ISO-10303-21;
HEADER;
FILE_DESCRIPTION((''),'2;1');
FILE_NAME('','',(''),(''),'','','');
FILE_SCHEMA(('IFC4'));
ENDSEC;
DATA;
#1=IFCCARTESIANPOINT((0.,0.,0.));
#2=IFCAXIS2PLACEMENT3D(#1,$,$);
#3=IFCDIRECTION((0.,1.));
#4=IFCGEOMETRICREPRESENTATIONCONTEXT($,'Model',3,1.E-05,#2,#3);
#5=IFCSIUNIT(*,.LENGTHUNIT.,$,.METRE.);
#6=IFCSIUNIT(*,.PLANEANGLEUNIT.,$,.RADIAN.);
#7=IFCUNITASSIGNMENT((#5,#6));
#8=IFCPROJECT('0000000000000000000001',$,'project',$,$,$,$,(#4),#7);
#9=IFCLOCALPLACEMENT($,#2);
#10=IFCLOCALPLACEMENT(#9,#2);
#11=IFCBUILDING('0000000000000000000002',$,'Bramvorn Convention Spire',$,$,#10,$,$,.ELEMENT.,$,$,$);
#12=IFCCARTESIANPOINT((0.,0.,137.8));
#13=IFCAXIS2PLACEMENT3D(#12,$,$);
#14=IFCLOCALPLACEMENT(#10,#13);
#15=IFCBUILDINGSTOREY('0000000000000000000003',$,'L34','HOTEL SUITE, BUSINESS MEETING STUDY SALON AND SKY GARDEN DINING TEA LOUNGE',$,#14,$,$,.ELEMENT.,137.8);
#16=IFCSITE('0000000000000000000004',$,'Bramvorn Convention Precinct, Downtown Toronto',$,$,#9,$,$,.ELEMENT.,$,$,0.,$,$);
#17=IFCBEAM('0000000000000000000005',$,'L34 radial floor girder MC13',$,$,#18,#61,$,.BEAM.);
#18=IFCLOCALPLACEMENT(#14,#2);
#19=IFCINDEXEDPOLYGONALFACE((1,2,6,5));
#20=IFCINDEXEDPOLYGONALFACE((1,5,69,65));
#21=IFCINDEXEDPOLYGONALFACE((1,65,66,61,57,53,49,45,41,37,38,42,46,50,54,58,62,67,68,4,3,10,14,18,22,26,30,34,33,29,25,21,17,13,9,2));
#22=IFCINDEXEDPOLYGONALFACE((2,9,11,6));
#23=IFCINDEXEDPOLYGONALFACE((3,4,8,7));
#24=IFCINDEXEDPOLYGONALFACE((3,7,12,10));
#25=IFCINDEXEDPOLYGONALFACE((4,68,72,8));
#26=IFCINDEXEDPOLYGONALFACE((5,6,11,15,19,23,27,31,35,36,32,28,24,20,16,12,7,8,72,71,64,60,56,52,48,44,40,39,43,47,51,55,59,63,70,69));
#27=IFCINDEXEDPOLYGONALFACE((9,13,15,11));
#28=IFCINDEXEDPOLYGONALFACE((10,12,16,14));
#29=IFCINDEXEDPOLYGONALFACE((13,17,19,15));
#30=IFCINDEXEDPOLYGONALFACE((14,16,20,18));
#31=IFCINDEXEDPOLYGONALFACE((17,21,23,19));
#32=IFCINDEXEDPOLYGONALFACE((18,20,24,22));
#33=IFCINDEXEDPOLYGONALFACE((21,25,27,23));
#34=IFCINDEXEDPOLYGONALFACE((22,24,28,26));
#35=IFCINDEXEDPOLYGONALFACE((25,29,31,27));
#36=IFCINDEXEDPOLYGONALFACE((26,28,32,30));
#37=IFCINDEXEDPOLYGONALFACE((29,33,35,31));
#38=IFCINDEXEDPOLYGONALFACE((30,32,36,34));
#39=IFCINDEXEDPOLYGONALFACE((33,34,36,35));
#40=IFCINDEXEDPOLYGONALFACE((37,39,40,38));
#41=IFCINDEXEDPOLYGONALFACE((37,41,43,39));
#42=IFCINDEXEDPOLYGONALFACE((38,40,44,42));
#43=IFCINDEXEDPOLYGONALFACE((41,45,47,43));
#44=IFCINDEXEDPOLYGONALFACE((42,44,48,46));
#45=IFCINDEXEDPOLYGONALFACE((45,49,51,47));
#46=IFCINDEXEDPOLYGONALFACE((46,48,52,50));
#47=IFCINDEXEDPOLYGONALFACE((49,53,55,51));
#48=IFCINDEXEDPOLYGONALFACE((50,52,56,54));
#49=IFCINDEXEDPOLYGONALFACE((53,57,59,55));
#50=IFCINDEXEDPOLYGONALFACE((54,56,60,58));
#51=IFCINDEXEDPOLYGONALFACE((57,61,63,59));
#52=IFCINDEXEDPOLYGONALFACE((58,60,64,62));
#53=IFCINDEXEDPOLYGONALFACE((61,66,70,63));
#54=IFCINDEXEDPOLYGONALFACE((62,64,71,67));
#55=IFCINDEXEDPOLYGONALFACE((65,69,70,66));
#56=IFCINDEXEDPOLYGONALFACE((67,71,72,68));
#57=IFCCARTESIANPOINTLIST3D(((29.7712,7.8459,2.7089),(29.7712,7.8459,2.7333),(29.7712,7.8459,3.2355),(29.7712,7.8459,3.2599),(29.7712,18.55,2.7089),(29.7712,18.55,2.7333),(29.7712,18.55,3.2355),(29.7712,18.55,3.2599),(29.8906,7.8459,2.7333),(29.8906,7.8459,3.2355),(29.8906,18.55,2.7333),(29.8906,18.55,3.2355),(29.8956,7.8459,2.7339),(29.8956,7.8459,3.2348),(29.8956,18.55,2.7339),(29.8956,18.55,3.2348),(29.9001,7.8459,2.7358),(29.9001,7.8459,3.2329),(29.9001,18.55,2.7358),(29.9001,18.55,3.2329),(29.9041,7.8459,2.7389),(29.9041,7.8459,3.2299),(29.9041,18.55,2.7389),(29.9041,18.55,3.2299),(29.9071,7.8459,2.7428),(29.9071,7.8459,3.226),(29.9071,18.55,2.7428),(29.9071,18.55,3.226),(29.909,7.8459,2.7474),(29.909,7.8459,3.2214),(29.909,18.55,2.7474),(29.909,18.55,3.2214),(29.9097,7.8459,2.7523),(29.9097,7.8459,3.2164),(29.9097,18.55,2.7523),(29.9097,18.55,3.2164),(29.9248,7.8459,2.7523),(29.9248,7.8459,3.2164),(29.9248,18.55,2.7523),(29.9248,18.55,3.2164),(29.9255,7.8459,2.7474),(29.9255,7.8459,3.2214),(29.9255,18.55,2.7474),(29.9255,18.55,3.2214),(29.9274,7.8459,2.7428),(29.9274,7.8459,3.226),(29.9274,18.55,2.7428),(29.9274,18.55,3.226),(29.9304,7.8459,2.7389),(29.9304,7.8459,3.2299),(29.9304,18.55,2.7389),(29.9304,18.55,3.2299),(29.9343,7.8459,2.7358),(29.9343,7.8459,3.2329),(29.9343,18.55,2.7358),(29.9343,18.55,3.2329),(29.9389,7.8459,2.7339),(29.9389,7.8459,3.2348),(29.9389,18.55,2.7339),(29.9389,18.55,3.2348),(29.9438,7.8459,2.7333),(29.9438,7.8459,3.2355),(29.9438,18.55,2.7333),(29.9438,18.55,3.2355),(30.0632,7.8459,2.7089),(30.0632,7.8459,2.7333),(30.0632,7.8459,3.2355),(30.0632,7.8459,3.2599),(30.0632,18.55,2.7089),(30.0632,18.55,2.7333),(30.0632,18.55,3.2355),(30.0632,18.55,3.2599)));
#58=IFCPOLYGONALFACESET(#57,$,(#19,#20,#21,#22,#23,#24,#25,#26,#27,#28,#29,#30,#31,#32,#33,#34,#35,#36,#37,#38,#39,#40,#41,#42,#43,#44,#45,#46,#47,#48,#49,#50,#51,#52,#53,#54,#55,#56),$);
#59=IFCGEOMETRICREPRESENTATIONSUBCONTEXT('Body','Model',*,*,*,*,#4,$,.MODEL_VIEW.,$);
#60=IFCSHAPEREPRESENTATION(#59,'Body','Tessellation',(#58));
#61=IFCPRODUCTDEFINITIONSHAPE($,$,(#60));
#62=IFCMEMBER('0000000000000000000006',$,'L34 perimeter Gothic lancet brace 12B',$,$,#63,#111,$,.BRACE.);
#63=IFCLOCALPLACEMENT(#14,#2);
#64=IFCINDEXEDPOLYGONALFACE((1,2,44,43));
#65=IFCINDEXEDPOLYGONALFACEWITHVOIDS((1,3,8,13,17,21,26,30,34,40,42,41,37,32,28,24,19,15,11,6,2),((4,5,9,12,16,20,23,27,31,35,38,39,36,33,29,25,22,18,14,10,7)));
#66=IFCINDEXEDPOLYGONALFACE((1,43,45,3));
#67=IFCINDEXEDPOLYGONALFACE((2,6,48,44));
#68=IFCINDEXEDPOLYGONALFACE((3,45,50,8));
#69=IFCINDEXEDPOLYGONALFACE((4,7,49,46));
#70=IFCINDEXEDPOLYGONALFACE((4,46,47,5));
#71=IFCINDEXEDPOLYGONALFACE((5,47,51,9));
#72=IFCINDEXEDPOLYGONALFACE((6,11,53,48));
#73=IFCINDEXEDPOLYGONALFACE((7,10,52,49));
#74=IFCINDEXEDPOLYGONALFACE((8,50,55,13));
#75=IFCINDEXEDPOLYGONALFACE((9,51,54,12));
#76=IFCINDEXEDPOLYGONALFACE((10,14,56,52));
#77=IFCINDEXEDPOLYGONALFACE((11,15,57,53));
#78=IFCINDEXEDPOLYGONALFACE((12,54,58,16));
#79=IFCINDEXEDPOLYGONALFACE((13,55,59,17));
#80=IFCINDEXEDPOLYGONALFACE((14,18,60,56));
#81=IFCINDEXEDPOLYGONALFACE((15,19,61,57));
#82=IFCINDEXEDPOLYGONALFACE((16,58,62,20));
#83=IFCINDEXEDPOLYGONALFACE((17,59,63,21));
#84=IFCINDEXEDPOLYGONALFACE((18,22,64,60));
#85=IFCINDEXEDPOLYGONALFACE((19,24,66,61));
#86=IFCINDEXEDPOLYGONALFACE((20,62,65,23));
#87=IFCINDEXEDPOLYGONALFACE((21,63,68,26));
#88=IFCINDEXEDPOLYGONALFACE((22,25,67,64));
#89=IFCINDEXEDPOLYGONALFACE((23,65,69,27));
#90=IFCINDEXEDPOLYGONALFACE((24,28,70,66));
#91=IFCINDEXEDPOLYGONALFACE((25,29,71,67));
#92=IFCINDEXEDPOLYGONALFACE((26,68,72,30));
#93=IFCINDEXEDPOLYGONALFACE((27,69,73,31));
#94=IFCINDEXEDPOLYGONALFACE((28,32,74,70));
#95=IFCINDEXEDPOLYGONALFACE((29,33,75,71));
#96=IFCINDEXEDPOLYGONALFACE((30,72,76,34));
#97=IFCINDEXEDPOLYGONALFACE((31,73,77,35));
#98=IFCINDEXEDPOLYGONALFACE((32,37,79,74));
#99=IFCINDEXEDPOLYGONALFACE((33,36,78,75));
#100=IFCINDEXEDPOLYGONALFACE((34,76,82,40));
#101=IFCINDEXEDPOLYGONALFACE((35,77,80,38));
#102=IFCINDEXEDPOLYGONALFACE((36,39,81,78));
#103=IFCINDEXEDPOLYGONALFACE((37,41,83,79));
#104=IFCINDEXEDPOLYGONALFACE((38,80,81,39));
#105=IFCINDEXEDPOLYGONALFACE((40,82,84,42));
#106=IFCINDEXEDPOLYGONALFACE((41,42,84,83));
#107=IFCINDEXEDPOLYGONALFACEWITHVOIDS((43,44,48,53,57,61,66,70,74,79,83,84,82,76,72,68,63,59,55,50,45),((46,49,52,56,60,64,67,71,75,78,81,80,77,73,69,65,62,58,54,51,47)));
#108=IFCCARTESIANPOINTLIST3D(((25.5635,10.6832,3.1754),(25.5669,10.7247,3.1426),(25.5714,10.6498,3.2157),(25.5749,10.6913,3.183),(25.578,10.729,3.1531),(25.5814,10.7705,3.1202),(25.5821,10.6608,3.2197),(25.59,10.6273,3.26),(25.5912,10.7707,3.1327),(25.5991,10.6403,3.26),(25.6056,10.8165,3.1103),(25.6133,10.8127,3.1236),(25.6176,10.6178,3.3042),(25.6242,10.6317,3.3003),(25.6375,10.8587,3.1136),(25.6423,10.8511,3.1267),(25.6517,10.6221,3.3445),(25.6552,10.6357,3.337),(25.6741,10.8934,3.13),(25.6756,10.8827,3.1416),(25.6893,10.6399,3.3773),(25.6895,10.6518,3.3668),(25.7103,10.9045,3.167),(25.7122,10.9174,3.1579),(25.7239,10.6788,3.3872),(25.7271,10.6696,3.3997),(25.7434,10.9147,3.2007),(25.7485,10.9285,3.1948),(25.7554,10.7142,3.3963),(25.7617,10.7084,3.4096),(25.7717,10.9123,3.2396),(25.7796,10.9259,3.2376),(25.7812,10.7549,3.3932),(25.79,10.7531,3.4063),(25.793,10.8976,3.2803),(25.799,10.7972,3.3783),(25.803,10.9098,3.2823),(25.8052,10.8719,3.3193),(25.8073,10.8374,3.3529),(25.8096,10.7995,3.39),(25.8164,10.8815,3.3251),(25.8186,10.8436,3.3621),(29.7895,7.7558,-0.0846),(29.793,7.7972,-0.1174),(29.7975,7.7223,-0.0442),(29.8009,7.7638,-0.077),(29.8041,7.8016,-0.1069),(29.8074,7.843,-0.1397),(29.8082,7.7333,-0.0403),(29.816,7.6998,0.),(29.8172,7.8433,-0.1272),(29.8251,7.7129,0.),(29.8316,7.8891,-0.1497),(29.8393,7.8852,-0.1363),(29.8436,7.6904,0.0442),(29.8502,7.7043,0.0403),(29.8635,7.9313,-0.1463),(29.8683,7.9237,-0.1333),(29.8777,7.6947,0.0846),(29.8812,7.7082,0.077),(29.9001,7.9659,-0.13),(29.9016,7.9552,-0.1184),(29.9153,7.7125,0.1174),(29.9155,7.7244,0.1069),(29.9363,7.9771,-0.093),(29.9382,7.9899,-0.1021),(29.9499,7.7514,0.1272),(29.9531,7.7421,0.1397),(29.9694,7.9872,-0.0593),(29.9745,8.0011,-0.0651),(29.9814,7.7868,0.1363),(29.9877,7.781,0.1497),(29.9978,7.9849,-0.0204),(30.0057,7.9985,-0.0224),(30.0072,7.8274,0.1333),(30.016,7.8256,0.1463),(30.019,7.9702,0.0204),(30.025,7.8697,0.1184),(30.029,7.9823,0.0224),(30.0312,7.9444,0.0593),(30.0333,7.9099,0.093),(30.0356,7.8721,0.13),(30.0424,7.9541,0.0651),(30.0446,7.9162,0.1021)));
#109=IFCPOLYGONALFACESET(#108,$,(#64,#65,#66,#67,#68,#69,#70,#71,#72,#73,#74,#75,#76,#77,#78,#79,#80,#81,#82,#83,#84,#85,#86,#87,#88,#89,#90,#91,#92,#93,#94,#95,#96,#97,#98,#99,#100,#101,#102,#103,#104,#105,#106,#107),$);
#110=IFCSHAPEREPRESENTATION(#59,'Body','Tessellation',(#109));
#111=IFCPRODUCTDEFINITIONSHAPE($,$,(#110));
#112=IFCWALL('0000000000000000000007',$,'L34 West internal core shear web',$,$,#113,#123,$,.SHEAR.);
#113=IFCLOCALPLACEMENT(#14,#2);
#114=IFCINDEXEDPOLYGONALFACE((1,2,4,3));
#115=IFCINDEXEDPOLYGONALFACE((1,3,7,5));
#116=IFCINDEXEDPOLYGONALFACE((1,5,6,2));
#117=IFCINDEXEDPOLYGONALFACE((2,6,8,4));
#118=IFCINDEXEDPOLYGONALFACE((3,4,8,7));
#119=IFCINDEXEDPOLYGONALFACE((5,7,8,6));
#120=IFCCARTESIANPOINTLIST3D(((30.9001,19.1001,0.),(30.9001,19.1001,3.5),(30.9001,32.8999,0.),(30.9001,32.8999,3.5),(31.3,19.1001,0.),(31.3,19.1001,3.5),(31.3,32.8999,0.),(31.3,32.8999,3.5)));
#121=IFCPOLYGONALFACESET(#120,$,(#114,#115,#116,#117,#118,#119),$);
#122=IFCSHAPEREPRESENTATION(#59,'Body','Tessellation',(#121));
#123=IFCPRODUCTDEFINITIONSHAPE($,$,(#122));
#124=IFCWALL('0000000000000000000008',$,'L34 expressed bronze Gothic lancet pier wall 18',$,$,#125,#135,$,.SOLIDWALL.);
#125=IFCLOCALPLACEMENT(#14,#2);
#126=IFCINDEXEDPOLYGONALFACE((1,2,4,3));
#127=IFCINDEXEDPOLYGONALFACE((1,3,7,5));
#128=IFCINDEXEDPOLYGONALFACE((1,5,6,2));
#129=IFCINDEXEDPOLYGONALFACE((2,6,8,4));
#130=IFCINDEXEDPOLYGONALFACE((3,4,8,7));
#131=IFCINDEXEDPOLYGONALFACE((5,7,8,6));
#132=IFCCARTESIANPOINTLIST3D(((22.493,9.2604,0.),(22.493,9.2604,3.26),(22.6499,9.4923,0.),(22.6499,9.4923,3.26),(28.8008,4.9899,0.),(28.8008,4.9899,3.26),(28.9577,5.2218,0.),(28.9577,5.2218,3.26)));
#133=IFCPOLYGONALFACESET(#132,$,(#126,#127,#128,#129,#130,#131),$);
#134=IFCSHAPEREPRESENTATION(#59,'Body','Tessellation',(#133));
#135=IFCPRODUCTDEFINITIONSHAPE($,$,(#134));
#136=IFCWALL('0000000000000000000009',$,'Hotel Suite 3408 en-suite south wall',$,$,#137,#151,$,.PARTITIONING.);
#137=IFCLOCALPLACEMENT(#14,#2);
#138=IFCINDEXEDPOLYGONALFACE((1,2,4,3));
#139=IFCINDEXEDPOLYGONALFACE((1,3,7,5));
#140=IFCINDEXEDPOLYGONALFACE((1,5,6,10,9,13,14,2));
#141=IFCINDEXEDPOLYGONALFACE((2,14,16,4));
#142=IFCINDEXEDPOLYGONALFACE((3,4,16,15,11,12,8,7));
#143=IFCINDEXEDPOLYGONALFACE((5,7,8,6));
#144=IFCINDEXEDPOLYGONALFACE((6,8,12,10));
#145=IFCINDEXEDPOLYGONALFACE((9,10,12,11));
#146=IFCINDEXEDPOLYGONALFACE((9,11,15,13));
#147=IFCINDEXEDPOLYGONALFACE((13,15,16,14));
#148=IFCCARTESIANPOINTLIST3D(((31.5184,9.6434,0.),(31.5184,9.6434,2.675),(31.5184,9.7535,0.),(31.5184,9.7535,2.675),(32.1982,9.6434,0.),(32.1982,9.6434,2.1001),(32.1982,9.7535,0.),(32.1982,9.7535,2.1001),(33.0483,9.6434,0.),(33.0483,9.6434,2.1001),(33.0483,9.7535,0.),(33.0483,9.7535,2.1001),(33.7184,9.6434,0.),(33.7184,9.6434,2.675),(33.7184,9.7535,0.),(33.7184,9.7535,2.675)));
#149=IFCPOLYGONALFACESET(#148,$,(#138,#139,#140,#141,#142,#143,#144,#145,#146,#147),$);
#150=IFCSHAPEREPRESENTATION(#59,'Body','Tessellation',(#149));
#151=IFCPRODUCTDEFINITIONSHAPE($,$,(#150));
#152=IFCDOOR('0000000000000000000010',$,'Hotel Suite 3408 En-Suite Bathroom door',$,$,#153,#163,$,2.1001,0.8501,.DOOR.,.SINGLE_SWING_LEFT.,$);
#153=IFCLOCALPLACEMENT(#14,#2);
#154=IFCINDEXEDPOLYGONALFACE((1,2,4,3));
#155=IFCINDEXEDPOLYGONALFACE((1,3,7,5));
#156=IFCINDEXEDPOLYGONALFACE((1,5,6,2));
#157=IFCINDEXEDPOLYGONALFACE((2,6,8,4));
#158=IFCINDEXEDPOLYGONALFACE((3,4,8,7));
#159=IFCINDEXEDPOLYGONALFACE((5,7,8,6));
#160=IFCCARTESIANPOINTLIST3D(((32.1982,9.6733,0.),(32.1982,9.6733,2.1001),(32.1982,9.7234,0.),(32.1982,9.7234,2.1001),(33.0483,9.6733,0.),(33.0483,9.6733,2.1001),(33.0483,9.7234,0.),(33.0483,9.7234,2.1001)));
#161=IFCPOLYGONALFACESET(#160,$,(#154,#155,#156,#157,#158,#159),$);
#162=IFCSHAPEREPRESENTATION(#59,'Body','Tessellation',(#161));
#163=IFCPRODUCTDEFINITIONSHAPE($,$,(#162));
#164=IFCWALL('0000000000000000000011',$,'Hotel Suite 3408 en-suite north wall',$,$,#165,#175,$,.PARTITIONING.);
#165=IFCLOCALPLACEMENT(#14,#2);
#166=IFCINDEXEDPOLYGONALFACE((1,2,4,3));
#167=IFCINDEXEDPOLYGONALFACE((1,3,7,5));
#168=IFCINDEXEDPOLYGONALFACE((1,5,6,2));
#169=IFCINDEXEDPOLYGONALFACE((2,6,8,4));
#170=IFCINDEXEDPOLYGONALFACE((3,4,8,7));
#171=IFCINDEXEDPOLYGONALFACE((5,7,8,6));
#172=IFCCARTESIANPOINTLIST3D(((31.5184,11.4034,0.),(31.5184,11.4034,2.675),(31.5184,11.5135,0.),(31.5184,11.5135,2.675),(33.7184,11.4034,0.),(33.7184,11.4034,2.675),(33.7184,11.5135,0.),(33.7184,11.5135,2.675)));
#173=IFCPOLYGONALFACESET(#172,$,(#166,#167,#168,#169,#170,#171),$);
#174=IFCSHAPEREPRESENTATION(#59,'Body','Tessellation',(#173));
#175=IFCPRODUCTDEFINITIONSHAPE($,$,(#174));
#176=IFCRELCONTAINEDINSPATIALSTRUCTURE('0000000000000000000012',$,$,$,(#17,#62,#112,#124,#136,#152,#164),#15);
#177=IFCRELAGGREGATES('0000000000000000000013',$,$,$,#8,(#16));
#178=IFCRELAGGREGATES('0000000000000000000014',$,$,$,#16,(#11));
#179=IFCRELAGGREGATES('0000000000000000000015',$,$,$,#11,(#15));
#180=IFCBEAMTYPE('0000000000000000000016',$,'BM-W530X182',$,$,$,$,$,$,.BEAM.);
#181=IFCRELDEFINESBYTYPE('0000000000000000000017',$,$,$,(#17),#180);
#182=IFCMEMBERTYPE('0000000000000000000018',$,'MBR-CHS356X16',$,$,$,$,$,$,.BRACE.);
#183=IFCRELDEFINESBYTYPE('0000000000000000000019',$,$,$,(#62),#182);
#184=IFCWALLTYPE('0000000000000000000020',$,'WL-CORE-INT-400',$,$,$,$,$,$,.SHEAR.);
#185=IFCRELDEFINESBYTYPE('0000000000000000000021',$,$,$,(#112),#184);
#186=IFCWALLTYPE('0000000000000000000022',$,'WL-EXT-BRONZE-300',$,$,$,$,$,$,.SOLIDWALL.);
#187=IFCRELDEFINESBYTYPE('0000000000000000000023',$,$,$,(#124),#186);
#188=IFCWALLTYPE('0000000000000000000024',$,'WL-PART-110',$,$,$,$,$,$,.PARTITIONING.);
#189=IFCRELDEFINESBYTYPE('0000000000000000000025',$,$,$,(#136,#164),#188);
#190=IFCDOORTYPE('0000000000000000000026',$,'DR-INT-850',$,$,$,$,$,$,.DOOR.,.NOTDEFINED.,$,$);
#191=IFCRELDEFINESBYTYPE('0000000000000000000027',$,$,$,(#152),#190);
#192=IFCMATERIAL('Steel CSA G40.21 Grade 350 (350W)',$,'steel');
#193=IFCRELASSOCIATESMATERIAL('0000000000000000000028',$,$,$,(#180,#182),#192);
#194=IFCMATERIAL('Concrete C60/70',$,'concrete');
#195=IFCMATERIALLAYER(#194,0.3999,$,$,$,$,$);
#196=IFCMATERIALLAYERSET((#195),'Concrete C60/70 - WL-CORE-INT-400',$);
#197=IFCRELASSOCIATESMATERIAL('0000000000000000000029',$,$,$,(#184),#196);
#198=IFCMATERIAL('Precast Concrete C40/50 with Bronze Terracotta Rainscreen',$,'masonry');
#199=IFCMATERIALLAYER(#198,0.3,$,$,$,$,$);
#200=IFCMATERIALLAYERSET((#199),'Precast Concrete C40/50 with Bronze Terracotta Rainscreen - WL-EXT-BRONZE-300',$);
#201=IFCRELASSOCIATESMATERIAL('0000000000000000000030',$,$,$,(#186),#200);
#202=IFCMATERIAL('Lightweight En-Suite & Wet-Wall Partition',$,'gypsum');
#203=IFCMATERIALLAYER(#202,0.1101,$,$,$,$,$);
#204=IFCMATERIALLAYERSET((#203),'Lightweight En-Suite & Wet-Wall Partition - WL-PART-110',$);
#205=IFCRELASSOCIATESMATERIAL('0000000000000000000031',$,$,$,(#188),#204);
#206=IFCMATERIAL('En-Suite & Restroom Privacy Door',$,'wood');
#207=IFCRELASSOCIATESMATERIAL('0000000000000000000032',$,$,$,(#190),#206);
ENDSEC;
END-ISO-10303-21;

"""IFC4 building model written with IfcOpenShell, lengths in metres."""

from ifc_helpers import new_model, si_unit, direction, frame, frame_2d, origin, origin_2d, place, context, subcontext, project, spatial, rectangle, hollow_circle, i_section, extrude, material, layer, layer_set, material_profile, profile_set, type_object, element, fill, save


model = new_model("IFC4")

# Units and contexts
model_context = context("Model", 3, precision=1e-05, world=origin(), true_north=direction((0.0, 1.0)))
body_context = subcontext(model_context, "Body", "Model", "MODEL_VIEW")
ifc_project = project(units=[si_unit("LENGTHUNIT", "METRE"), si_unit("PLANEANGLEUNIT", "RADIAN")], contexts=[model_context])

# Site, building, storey
site_placement = place(None, origin())
site = spatial("IfcSite", under=ifc_project, at=site_placement, Name="Bramvorn Convention Precinct, Downtown Toronto", CompositionType="ELEMENT", RefElevation=0.0)
building_placement = place(site_placement, origin())
building = spatial("IfcBuilding", under=site, at=building_placement, Name="Bramvorn Convention Spire", CompositionType="ELEMENT")
storey_placement = place(building_placement, frame((0.0, 0.0, 137.8)))
storey = spatial("IfcBuildingStorey", under=building, at=storey_placement, Name="L34", Description="HOTEL SUITE, BUSINESS MEETING STUDY SALON AND SKY GARDEN DINING TEA LOUNGE", CompositionType="ELEMENT", Elevation=137.8)

# Shared definitions
ifc_material_1 = material(Name="Steel CSA G40.21 Grade 350 (350W)", Category="steel")

# Beam
ifc_material_profile_1 = material_profile(ifc_material_1, i_section(OverallWidth=0.292, OverallDepth=0.551, WebThickness=0.0151, FlangeThickness=0.0244, FilletRadius=0.019, at=origin_2d()))
ifc_profile_set_1 = profile_set([ifc_material_profile_1], Name="Steel CSA G40.21 Grade 350 (350W) - W530X182")
beam_type_1 = type_object("IfcBeamType", Name="BM-W530X182", PredefinedType="BEAM", material=ifc_profile_set_1)
beam_1_placement = place(storey_placement, frame((29.9172, 18.55, 2.9844), z_axis=(0.0, -1.0, 0.0), x_axis=(1.0, 0.0, 0.0)))
element("IfcBeam", 1, at=beam_1_placement, inside=storey, type_object=beam_type_1, Name="L34 radial floor girder MC13", PredefinedType="BEAM", context=body_context, shape_type="SweptSolid", body=[
    extrude(i_section(OverallWidth=0.292, OverallDepth=0.551, WebThickness=0.0151, FlangeThickness=0.0244, FilletRadius=0.019, at=origin_2d()), origin(), (0.0, 0.0, 1.0), 10.7041),
])

# Member
ifc_material_profile_2 = material_profile(ifc_material_1, hollow_circle(Radius=0.1777, WallThickness=0.0159, at=origin_2d()))
ifc_profile_set_2 = profile_set([ifc_material_profile_2], Name="Steel CSA G40.21 Grade 350 (350W) - CHS356X16")
member_type = type_object("IfcMemberType", Name="MBR-CHS356X16", PredefinedType="BRACE", material=ifc_profile_set_2)
member_placement = place(storey_placement, frame((29.9172, 7.8459, 0.0), z_axis=(-0.694222, 0.480902, 0.535526), x_axis=(-0.56944, -0.822033, 0.0)))
element("IfcMember", 2, at=member_placement, inside=storey, type_object=member_type, Name="L34 perimeter Gothic lancet brace 12B", PredefinedType="BRACE", context=body_context, shape_type="SweptSolid", body=[
    extrude(hollow_circle(Radius=0.1777, WallThickness=0.0159, at=origin_2d()), origin(), (0.0, 0.0, 1.0), 6.0874),
])

# Walls
ifc_material_2 = material(Name="Concrete C60/70", Category="concrete")
ifc_layer_1 = layer(ifc_material_2, 0.3999)
ifc_layer_set_1 = layer_set([ifc_layer_1], Name="Concrete C60/70 - WL-CORE-INT-400")
wall_type_1 = type_object("IfcWallType", Name="WL-CORE-INT-400", PredefinedType="SHEAR", material=ifc_layer_set_1)
wall_1_placement = place(storey_placement, frame((31.1001, 19.1001, 0.0), z_axis=(0.0, 0.0, 1.0), x_axis=(0.0, 1.0, 0.0)))
element("IfcWall", 3, at=wall_1_placement, inside=storey, type_object=wall_type_1, Name="L34 West internal core shear web", PredefinedType="SHEAR", context=body_context, shape_type="SweptSolid", body=[
    extrude(rectangle(XDim=13.7998, YDim=0.3999, at=frame_2d((6.8999, 0.0))), origin(), (0.0, 0.0, 1.0), 3.5),
])
ifc_material_3 = material(Name="Precast Concrete C40/50 with Bronze Terracotta Rainscreen", Category="masonry")
ifc_layer_2 = layer(ifc_material_3, 0.3)
ifc_layer_set_2 = layer_set([ifc_layer_2], Name="Precast Concrete C40/50 with Bronze Terracotta Rainscreen - WL-EXT-BRONZE-300")
wall_type_2 = type_object("IfcWallType", Name="WL-EXT-BRONZE-300", PredefinedType="SOLIDWALL", material=ifc_layer_set_2)
wall_2_placement = place(storey_placement, frame((28.8792, 5.106, 0.0), z_axis=(0.0, 0.0, 1.0), x_axis=(-0.828075, 0.560618, 0.0)))
element("IfcWall", 4, at=wall_2_placement, inside=storey, type_object=wall_type_2, Name="L34 expressed bronze Gothic lancet pier wall 18", PredefinedType="SOLIDWALL", context=body_context, shape_type="SweptSolid", body=[
    extrude(rectangle(XDim=7.6174, YDim=0.28, at=frame_2d((3.8086, 0.0))), origin(), (0.0, 0.0, 1.0), 3.26),
])

# Wall, opening, door
ifc_material_4 = material(Name="Lightweight En-Suite & Wet-Wall Partition", Category="gypsum")
ifc_layer_3 = layer(ifc_material_4, 0.1101)
ifc_layer_set_3 = layer_set([ifc_layer_3], Name="Lightweight En-Suite & Wet-Wall Partition - WL-PART-110")
wall_type_3 = type_object("IfcWallType", Name="WL-PART-110", PredefinedType="PARTITIONING", material=ifc_layer_set_3)
wall_3_placement = place(storey_placement, frame((31.5183, 9.6985, 0.0), z_axis=(0.0, 0.0, 1.0), x_axis=(1.0, 0.0, 0.0)))
wall_3 = element("IfcWall", 5, at=wall_3_placement, inside=storey, type_object=wall_type_3, Name="Hotel Suite 3408 en-suite south wall", PredefinedType="PARTITIONING", context=body_context, shape_type="SweptSolid", body=[
    extrude(rectangle(XDim=2.2, YDim=0.1101, at=frame_2d((1.1001, 0.0))), origin(), (0.0, 0.0, 1.0), 2.675),
])
opening_placement = place(wall_3_placement, frame((0.6799, 0.0, 0.0)))
opening = element("IfcOpeningElement", 6, at=opening_placement, cuts=wall_3, PredefinedType="OPENING", context=body_context, shape_type="SweptSolid", body=[
    extrude(rectangle(XDim=0.8501, YDim=2.1001, at=frame_2d((0.425, 1.05))), frame((0.0, 0.0649, 0.0), z_axis=(0.0, -1.0, 0.0), x_axis=(1.0, 0.0, 0.0)), (0.0, 0.0, 1.0), 0.1301),
])
ifc_material_5 = material(Name="En-Suite & Restroom Privacy Door", Category="wood")
door_type = type_object("IfcDoorType", Name="DR-INT-850", OperationType="NOTDEFINED", PredefinedType="DOOR", material=ifc_material_5)
door_placement = place(opening_placement, origin())
door = element("IfcDoor", 7, at=door_placement, inside=storey, type_object=door_type, Name="Hotel Suite 3408 En-Suite Bathroom door", OperationType="SINGLE_SWING_LEFT", OverallHeight=2.1001, OverallWidth=0.8501, PredefinedType="DOOR", context=body_context, shape_type="SweptSolid", body=[
    extrude(rectangle(XDim=0.8501, YDim=2.1001, at=frame_2d((0.425, 1.05))), frame((0.0, 0.0249, 0.0), z_axis=(0.0, -1.0, 0.0), x_axis=(1.0, 0.0, 0.0)), (0.0, 0.0, 1.0), 0.05),
])
fill(opening, door)

# Wall
wall_4_placement = place(storey_placement, frame((31.5183, 11.4585, 0.0), z_axis=(0.0, 0.0, 1.0), x_axis=(1.0, 0.0, 0.0)))
element("IfcWall", 8, at=wall_4_placement, inside=storey, type_object=wall_type_3, Name="Hotel Suite 3408 en-suite north wall", PredefinedType="PARTITIONING", context=body_context, shape_type="SweptSolid", body=[
    extrude(rectangle(XDim=2.2, YDim=0.1101, at=frame_2d((1.1001, 0.0))), origin(), (0.0, 0.0, 1.0), 2.675),
])

save(model, "model.ifc")
